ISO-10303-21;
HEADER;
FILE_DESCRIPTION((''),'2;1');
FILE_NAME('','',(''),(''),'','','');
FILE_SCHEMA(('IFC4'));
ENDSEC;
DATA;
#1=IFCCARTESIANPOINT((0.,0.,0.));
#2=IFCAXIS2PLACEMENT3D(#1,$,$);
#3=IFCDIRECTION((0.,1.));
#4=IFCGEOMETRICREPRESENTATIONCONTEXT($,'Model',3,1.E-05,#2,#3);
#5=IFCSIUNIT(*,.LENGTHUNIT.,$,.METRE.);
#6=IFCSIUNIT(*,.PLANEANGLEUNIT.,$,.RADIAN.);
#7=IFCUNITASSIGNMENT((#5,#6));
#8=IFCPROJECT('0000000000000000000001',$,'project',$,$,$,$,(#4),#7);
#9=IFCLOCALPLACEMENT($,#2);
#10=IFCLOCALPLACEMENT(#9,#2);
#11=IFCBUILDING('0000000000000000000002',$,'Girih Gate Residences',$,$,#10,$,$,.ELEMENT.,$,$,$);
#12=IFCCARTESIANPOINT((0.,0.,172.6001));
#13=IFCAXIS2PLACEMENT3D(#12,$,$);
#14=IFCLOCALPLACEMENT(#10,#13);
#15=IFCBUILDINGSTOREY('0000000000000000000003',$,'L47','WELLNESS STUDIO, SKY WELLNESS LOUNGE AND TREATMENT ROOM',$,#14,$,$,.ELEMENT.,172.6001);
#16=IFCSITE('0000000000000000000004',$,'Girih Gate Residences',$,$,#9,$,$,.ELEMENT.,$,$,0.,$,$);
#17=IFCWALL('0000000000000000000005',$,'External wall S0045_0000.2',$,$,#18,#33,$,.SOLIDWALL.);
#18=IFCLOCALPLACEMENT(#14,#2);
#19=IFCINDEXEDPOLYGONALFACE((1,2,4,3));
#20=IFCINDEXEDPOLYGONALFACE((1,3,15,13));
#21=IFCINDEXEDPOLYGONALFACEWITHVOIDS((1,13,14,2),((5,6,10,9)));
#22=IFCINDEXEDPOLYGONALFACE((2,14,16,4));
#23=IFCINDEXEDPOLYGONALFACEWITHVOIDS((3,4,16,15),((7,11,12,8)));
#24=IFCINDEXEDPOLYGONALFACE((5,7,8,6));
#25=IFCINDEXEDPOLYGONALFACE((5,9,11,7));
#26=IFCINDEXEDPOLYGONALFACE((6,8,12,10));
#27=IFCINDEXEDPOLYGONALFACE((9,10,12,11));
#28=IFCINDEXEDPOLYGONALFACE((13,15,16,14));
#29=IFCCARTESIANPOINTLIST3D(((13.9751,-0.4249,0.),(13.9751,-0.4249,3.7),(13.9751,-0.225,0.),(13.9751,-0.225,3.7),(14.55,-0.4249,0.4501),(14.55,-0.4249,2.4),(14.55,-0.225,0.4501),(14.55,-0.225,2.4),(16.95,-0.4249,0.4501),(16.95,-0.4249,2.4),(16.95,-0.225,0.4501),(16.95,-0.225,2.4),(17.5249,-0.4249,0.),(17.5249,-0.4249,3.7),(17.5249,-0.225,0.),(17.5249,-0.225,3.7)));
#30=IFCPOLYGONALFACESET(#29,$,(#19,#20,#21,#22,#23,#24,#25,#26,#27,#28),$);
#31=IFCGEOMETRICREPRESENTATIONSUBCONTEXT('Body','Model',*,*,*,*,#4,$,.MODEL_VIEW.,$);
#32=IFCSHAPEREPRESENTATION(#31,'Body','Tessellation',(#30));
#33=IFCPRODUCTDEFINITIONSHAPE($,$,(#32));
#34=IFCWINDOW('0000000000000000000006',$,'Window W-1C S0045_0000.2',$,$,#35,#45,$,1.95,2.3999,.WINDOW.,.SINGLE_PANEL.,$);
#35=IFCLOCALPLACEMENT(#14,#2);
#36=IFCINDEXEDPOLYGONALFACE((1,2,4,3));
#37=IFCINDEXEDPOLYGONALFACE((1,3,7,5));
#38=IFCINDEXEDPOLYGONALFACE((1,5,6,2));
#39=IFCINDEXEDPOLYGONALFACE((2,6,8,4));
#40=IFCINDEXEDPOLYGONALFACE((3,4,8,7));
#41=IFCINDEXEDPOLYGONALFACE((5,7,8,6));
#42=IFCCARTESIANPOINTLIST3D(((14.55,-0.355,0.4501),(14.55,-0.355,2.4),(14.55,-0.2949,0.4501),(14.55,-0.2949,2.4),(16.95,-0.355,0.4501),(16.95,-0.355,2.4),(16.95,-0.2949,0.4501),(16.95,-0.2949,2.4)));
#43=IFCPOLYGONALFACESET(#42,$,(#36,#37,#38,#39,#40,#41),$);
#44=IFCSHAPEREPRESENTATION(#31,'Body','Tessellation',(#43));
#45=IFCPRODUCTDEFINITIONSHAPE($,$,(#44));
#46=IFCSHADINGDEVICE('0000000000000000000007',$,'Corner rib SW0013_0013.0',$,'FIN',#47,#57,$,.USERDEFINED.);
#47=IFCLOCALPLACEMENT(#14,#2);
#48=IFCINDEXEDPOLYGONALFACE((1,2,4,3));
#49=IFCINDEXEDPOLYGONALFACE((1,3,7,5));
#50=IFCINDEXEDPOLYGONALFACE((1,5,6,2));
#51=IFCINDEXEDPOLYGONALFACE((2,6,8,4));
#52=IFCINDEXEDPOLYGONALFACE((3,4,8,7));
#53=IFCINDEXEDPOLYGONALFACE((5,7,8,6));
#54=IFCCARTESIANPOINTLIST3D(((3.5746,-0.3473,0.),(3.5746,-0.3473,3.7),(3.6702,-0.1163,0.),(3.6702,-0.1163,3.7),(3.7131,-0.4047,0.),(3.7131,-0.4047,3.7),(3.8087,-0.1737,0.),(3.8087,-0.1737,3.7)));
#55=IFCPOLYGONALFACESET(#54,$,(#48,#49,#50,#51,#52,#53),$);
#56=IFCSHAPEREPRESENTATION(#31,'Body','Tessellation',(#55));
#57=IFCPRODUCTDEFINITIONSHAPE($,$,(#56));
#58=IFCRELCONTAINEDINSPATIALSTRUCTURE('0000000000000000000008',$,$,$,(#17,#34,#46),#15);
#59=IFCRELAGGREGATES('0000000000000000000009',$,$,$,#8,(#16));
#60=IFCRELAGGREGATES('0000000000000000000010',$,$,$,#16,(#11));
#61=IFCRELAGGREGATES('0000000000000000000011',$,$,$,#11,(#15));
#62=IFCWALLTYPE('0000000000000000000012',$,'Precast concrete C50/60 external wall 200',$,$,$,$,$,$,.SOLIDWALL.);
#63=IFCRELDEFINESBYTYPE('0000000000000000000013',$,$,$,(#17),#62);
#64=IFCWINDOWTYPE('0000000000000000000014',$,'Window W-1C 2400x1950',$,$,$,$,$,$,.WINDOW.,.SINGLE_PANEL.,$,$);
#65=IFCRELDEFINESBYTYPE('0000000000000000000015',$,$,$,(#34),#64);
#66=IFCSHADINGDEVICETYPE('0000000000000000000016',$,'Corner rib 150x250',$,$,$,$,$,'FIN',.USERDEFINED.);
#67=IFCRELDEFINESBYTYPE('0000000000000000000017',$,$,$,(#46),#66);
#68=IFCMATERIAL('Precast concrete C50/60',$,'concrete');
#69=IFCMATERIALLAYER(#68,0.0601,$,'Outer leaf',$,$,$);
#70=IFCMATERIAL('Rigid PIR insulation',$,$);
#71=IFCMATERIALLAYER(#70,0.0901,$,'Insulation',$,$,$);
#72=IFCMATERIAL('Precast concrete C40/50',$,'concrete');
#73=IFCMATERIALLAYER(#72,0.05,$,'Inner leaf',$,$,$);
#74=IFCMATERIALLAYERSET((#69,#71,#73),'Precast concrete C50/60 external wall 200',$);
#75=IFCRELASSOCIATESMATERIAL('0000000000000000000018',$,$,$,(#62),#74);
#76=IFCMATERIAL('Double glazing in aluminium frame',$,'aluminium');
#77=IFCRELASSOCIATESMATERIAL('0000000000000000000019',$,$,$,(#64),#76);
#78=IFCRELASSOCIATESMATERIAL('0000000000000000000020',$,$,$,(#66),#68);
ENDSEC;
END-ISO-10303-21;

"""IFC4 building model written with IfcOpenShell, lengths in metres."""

from ifc_helpers import new_model, si_unit, direction, frame, frame_2d, origin, origin_2d, place, context, subcontext, project, spatial, rectangle, extrude, material, layer, layer_set, type_object, element, fill, save


model = new_model("IFC4")

# Units and contexts
model_context = context("Model", 3, precision=1e-05, world=origin(), true_north=direction((0.0, 1.0)))
body_context = subcontext(model_context, "Body", "Model", "MODEL_VIEW")
ifc_project = project(units=[si_unit("LENGTHUNIT", "METRE"), si_unit("PLANEANGLEUNIT", "RADIAN")], contexts=[model_context])

# Site, building, storey
site_placement = place(None, origin())
site = spatial("IfcSite", under=ifc_project, at=site_placement, Name="Girih Gate Residences", CompositionType="ELEMENT", RefElevation=0.0)
building_placement = place(site_placement, origin())
building = spatial("IfcBuilding", under=site, at=building_placement, Name="Girih Gate Residences", CompositionType="ELEMENT")
storey_placement = place(building_placement, frame((0.0, 0.0, 172.6001)))
storey = spatial("IfcBuildingStorey", under=building, at=storey_placement, Name="L47", Description="WELLNESS STUDIO, SKY WELLNESS LOUNGE AND TREATMENT ROOM", CompositionType="ELEMENT", Elevation=172.6001)

# Wall, opening, window
ifc_material_1 = material(Name="Precast concrete C50/60", Category="concrete")
ifc_layer_1 = layer(ifc_material_1, 0.0601, Name="Outer leaf")
ifc_material_2 = material(Name="Rigid PIR insulation")
ifc_layer_2 = layer(ifc_material_2, 0.0901, Name="Insulation")
ifc_material_3 = material(Name="Precast concrete C40/50", Category="concrete")
ifc_layer_3 = layer(ifc_material_3, 0.05, Name="Inner leaf")
ifc_layer_set_1 = layer_set([ifc_layer_1, ifc_layer_2, ifc_layer_3], Name="Precast concrete C50/60 external wall 200")
wall_type_1 = type_object("IfcWallType", Name="Precast concrete C50/60 external wall 200", PredefinedType="SOLIDWALL", material=ifc_layer_set_1)
ifc_material_4 = material(Name="Double glazing in aluminium frame", Category="aluminium")
window_type_1 = type_object("IfcWindowType", Name="Window W-1C 2400x1950", PartitioningType="SINGLE_PANEL", PredefinedType="WINDOW", material=ifc_material_4)
wall_1_placement = place(storey_placement, frame((17.5249, -0.325, 0.0), z_axis=(0.0, 0.0, 1.0), x_axis=(-1.0, 0.0, 0.0)))
wall_1 = element("IfcWall", 1, at=wall_1_placement, inside=storey, type_object=wall_type_1, Name="External wall S0045_0000.2", PredefinedType="SOLIDWALL", context=body_context, shape_type="SweptSolid", body=[
    extrude(rectangle(XDim=3.5498, YDim=0.2, at=frame_2d((1.7749, 0.0))), origin(), (0.0, 0.0, 1.0), 3.7),
])
opening_1_placement = place(wall_1_placement, frame((0.575, 0.0, 0.45)))
opening_1 = element("IfcOpeningElement", 2, at=opening_1_placement, cuts=wall_1, PredefinedType="OPENING", context=body_context, shape_type="SweptSolid", body=[
    extrude(rectangle(XDim=2.3999, YDim=1.95, at=frame_2d((1.2, 0.9751))), frame((0.0, 0.1099, 0.0), z_axis=(0.0, -1.0, 0.0), x_axis=(1.0, 0.0, 0.0)), (0.0, 0.0, 1.0), 0.22),
])
window_1_placement = place(opening_1_placement, origin())
window_1 = element("IfcWindow", 3, at=window_1_placement, inside=storey, type_object=window_type_1, Name="Window W-1C S0045_0000.2", OverallHeight=1.95, OverallWidth=2.3999, PartitioningType="SINGLE_PANEL", PredefinedType="WINDOW", context=body_context, shape_type="SweptSolid", body=[
    extrude(rectangle(XDim=2.3999, YDim=1.95, at=frame_2d((1.2, 0.9751))), frame((0.0, 0.03, 0.0), z_axis=(0.0, -1.0, 0.0), x_axis=(1.0, 0.0, 0.0)), (0.0, 0.0, 1.0), 0.0601),
])
fill(opening_1, window_1)

# Shading device
shading_device_type = type_object("IfcShadingDeviceType", Name="Corner rib 150x250", ElementType="FIN", PredefinedType="USERDEFINED", material=ifc_material_1)
shading_device_placement = place(storey_placement, frame((3.6917, -0.2605, 0.0), z_axis=(0.0, 0.0, 1.0), x_axis=(0.92388, -0.382683, 0.0)))
element("IfcShadingDevice", 4, at=shading_device_placement, inside=storey, type_object=shading_device_type, Name="Corner rib SW0013_0013.0", ObjectType="FIN", PredefinedType="USERDEFINED", context=body_context, shape_type="SweptSolid", body=[
    extrude(rectangle(XDim=0.1499, YDim=0.25, at=origin_2d()), origin(), (0.0, 0.0, 1.0), 3.7),
])

save(model, "model.ifc")
